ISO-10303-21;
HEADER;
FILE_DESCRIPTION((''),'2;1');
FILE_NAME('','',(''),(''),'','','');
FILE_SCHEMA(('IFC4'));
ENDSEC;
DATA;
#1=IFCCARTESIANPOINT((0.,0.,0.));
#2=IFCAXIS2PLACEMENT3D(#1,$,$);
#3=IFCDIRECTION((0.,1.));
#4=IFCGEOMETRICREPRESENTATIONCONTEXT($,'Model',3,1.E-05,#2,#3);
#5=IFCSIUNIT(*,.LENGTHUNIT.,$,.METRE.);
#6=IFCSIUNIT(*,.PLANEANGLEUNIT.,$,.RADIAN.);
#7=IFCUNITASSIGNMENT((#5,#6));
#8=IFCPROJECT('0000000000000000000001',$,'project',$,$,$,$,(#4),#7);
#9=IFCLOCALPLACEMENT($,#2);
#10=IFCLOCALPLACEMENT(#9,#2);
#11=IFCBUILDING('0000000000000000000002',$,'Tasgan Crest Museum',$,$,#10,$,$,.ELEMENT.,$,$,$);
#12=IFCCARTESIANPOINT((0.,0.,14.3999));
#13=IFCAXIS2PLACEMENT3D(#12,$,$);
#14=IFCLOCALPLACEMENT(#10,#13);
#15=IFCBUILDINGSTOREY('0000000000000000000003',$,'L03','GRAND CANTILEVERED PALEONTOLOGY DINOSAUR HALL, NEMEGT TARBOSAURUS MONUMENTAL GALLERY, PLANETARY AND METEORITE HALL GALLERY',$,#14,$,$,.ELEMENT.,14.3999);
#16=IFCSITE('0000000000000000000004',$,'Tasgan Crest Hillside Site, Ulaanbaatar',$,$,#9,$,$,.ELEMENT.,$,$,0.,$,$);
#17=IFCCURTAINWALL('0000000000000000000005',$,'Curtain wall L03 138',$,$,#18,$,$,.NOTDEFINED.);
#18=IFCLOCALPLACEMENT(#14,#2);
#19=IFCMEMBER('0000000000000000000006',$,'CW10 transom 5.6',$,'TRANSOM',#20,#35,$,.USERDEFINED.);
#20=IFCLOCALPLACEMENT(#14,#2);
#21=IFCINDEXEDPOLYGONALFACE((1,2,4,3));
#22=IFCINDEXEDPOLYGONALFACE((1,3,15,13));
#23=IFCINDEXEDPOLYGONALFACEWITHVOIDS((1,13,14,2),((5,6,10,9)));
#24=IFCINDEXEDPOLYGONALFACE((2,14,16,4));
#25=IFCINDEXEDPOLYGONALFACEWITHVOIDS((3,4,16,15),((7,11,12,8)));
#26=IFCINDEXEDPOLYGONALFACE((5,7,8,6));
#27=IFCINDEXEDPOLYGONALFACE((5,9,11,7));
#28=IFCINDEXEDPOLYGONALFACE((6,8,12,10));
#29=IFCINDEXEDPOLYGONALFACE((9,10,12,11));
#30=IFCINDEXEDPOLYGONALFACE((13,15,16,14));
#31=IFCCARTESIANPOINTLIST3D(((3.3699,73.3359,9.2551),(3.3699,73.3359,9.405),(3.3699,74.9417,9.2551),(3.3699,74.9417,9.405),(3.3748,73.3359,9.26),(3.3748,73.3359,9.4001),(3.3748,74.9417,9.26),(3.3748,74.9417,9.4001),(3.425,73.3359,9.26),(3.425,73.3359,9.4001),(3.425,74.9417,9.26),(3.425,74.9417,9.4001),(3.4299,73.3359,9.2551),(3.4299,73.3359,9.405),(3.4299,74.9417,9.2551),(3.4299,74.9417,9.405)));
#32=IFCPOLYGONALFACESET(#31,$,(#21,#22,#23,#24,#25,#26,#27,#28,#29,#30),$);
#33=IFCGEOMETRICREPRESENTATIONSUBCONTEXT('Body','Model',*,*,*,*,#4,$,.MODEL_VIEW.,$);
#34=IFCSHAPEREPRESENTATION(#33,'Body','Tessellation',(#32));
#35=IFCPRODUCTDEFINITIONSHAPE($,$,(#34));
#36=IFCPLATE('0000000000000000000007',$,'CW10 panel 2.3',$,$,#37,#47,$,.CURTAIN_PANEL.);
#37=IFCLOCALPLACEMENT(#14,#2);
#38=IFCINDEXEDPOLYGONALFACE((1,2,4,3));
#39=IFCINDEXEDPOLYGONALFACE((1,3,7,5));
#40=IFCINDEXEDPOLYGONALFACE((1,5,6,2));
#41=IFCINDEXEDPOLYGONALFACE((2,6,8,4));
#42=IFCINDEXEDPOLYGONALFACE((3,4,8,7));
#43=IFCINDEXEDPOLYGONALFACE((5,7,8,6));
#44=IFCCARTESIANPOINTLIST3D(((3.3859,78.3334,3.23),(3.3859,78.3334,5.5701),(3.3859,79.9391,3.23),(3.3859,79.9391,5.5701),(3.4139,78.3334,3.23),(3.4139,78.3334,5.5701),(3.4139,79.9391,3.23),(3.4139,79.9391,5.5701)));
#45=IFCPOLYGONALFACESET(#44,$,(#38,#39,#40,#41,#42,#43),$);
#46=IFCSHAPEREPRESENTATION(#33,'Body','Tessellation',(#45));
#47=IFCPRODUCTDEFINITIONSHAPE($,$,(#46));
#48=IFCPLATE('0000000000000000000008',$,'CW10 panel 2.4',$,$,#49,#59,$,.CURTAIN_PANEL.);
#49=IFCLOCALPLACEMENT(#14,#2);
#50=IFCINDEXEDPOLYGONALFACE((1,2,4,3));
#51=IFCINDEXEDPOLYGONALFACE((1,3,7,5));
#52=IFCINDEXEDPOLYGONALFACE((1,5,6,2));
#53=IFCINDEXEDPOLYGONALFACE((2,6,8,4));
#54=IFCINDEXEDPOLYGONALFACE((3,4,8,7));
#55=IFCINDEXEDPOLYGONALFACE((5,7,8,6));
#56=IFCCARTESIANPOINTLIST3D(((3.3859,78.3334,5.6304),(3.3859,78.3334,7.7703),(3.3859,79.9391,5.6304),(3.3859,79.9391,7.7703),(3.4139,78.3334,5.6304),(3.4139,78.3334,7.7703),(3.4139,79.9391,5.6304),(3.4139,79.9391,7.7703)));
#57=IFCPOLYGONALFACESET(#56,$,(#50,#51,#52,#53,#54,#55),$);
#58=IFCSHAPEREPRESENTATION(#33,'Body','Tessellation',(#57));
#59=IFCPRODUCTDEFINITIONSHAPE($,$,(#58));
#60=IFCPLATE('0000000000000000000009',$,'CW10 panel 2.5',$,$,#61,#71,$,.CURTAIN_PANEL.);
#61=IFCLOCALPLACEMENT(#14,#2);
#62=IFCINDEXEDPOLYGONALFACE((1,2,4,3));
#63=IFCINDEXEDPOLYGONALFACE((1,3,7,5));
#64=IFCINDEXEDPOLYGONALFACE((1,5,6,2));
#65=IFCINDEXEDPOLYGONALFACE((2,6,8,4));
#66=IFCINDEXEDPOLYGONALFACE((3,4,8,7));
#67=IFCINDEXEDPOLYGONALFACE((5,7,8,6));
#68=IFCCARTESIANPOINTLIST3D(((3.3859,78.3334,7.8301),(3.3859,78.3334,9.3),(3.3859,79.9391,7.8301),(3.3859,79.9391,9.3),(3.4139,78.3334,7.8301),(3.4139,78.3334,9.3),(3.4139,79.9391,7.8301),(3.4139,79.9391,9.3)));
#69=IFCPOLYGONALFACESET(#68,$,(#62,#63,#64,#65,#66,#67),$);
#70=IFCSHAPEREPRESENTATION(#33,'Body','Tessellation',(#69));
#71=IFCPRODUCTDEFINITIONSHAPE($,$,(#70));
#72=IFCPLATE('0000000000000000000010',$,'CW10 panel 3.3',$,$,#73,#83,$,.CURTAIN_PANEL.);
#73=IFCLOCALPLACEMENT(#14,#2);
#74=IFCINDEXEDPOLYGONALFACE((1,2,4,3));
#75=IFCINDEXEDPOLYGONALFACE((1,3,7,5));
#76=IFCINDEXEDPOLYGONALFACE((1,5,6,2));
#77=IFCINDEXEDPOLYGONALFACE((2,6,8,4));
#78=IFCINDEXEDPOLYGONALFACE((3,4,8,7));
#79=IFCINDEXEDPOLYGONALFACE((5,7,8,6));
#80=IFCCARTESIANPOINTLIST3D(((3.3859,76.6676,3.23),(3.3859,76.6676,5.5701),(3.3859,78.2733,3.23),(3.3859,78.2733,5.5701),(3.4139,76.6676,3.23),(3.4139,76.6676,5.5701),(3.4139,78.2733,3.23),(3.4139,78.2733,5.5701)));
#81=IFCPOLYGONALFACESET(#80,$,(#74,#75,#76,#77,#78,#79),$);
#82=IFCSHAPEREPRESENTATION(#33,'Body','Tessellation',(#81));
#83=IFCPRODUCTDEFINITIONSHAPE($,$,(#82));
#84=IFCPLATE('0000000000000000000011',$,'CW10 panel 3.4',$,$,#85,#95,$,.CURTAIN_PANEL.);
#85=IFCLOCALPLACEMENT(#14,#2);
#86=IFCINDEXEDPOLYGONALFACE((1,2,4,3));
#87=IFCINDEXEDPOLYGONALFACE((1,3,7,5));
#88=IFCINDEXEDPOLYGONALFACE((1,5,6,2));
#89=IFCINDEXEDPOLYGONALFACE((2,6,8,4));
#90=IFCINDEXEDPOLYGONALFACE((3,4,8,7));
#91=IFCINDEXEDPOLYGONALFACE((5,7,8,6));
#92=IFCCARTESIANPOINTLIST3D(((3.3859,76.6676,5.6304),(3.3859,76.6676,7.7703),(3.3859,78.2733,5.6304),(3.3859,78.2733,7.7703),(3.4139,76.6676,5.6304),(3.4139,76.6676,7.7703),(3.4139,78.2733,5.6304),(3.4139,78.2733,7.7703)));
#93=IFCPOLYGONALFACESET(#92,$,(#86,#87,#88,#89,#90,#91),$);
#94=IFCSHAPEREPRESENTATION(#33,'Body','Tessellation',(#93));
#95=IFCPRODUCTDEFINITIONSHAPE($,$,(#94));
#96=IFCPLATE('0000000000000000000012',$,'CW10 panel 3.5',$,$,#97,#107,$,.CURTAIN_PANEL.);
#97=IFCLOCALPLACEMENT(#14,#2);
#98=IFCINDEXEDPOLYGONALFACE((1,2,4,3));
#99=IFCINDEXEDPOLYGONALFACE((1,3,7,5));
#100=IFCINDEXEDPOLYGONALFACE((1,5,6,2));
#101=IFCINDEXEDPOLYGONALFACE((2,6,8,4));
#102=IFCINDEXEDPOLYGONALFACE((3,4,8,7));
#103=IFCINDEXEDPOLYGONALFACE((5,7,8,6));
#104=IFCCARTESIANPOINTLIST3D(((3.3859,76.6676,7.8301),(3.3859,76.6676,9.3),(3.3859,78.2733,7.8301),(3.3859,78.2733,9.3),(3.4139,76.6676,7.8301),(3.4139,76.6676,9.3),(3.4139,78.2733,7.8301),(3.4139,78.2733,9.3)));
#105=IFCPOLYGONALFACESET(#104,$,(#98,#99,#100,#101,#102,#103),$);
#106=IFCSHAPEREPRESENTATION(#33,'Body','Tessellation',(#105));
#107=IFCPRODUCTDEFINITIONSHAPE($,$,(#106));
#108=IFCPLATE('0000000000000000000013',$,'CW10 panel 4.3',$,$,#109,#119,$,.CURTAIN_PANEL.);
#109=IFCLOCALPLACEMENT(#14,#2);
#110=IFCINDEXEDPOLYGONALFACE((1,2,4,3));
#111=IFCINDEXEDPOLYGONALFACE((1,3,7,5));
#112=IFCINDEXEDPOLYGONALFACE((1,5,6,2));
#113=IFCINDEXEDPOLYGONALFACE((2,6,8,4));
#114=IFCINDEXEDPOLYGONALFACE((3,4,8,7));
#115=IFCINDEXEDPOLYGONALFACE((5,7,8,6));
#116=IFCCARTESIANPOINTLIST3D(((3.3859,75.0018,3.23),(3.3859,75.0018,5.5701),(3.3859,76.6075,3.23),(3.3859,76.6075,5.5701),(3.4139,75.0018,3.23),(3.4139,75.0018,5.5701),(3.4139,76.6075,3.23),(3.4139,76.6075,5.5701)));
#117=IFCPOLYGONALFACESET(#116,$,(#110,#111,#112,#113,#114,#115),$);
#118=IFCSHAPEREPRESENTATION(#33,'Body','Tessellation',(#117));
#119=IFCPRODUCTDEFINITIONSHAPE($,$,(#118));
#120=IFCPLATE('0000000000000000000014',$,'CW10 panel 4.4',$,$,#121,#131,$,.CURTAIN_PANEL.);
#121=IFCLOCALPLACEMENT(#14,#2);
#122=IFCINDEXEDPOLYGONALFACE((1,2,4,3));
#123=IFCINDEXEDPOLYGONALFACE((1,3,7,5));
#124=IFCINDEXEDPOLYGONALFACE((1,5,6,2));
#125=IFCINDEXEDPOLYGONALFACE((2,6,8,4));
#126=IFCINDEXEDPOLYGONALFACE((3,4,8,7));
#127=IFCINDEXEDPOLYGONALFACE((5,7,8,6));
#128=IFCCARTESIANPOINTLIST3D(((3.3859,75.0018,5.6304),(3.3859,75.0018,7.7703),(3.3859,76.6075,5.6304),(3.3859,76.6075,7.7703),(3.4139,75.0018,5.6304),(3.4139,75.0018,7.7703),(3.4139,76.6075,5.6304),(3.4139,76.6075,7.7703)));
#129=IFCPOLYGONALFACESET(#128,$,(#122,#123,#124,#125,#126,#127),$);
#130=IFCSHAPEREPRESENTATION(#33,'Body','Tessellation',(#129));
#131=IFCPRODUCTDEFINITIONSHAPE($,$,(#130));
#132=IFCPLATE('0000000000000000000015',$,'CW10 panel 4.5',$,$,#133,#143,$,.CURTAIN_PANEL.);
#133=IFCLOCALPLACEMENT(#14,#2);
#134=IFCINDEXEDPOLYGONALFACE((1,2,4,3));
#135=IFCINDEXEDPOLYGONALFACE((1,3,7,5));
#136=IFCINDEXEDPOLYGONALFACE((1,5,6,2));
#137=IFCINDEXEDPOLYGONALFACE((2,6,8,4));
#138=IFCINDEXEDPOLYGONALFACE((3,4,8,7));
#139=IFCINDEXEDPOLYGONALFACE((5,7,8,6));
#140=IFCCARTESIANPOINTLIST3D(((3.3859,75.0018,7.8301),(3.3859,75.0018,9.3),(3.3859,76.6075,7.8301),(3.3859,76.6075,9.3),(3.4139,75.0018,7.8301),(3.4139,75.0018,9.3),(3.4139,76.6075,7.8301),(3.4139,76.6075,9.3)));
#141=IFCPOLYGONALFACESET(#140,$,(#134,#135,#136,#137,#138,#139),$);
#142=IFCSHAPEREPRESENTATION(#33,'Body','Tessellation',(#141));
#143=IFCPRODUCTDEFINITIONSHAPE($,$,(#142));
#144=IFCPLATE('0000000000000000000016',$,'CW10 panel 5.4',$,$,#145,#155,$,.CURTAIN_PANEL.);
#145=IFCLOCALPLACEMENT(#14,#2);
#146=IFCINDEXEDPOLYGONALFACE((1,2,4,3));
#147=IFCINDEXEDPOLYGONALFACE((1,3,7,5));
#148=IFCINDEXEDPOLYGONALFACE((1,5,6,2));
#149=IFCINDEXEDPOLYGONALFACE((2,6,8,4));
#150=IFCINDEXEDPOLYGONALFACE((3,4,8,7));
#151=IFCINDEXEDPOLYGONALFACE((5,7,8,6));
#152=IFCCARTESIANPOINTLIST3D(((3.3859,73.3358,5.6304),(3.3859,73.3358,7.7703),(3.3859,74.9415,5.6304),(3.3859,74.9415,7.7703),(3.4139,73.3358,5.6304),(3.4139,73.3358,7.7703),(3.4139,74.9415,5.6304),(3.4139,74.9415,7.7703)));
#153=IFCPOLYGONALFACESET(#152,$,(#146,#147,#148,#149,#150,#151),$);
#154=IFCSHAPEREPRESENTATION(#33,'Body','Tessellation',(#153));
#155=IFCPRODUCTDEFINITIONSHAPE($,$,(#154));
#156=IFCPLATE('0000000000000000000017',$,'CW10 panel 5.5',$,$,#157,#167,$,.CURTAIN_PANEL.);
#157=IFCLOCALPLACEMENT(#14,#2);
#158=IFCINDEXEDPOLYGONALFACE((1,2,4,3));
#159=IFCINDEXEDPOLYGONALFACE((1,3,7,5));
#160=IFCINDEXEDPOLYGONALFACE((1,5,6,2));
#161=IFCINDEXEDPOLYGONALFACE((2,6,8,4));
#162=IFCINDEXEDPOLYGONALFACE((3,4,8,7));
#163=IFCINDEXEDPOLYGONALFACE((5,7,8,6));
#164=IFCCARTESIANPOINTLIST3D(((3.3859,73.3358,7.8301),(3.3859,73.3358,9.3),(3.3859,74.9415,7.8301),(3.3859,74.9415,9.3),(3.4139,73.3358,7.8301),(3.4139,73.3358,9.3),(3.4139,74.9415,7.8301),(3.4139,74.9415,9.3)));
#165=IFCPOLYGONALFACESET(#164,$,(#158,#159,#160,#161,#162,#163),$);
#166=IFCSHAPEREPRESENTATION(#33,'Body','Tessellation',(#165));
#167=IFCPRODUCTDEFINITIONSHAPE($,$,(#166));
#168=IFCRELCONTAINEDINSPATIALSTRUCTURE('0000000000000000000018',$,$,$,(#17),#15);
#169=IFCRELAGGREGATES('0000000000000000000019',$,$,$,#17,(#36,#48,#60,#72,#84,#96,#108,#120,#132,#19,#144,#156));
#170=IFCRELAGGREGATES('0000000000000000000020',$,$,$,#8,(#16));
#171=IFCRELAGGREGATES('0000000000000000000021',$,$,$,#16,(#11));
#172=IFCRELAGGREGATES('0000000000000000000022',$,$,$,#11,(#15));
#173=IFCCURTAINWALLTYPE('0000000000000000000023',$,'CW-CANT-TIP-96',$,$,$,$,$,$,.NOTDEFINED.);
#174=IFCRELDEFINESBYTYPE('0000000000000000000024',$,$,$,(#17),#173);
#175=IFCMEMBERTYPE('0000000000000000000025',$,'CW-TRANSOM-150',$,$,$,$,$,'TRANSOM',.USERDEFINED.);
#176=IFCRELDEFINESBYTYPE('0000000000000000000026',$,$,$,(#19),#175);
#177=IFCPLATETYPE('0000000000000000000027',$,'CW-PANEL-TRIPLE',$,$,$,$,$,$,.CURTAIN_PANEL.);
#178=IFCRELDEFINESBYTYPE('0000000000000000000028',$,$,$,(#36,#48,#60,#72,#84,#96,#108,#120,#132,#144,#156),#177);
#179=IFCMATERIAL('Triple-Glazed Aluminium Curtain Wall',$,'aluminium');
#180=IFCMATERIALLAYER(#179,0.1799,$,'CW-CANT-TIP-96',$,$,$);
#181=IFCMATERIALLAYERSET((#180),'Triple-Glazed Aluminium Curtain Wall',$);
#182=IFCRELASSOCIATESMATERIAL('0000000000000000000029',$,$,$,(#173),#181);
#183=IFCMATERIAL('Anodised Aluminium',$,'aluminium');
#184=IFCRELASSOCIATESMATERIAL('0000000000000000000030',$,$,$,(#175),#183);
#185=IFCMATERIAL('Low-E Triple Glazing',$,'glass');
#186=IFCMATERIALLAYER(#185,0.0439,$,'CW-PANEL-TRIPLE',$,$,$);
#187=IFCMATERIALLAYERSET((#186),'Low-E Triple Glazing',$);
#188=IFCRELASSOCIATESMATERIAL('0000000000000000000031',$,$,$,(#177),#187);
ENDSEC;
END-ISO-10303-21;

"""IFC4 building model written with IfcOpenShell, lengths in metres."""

from ifc_helpers import new_model, si_unit, direction, frame, origin, origin_2d, place, context, subcontext, project, spatial, rectangle, hollow_rectangle, extrude, material, layer, layer_set, material_profile, profile_set, type_object, element, aggregate, save


model = new_model("IFC4")

# Units and contexts
model_context = context("Model", 3, precision=1e-05, world=origin(), true_north=direction((0.0, 1.0)))
body_context = subcontext(model_context, "Body", "Model", "MODEL_VIEW")
ifc_project = project(units=[si_unit("LENGTHUNIT", "METRE"), si_unit("PLANEANGLEUNIT", "RADIAN")], contexts=[model_context])

# Site, building, storey
site_placement = place(None, origin())
site = spatial("IfcSite", under=ifc_project, at=site_placement, Name="Tasgan Crest Hillside Site, Ulaanbaatar", CompositionType="ELEMENT", RefElevation=0.0)
building_placement = place(site_placement, origin())
building = spatial("IfcBuilding", under=site, at=building_placement, Name="Tasgan Crest Museum", CompositionType="ELEMENT")
storey_placement = place(building_placement, frame((0.0, 0.0, 14.3999)))
storey = spatial("IfcBuildingStorey", under=building, at=storey_placement, Name="L03", Description="GRAND CANTILEVERED PALEONTOLOGY DINOSAUR HALL, NEMEGT TARBOSAURUS MONUMENTAL GALLERY, PLANETARY AND METEORITE HALL GALLERY", CompositionType="ELEMENT", Elevation=14.3999)

# Curtain wall, member, plates
ifc_material_1 = material(Name="Triple-Glazed Aluminium Curtain Wall", Category="aluminium")
ifc_layer_1 = layer(ifc_material_1, 0.1799, Name="CW-CANT-TIP-96")
ifc_layer_set_1 = layer_set([ifc_layer_1], Name="Triple-Glazed Aluminium Curtain Wall")
curtain_wall_type = type_object("IfcCurtainWallType", Name="CW-CANT-TIP-96", PredefinedType="NOTDEFINED", material=ifc_layer_set_1)
curtain_wall_placement = place(storey_placement, origin())
curtain_wall = element("IfcCurtainWall", 1, at=curtain_wall_placement, inside=storey, type_object=curtain_wall_type, Name="Curtain wall L03 138", PredefinedType="NOTDEFINED")
ifc_material_2 = material(Name="Anodised Aluminium", Category="aluminium")
ifc_material_profile = material_profile(ifc_material_2, hollow_rectangle(XDim=0.0601, YDim=0.1499, WallThickness=0.0049, at=origin_2d()), Name="ALU TRANSOM 150x60x5")
ifc_profile_set = profile_set([ifc_material_profile], Name="Anodised Aluminium")
member_type = type_object("IfcMemberType", Name="CW-TRANSOM-150", ElementType="TRANSOM", PredefinedType="USERDEFINED", material=ifc_profile_set)
member_1_placement = place(storey_placement, frame((3.3999, 74.9417, 9.3301), z_axis=(0.0, -1.0, 0.0), x_axis=(1.0, 0.0, 0.0)))
member_1 = element("IfcMember", 2, at=member_1_placement, type_object=member_type, Name="CW10 transom 5.6", ObjectType="TRANSOM", PredefinedType="USERDEFINED", context=body_context, shape_type="SweptSolid", body=[
    extrude(hollow_rectangle(XDim=0.0601, YDim=0.1499, WallThickness=0.0049, at=origin_2d()), origin(), (0.0, 0.0, 1.0), 1.6057),
])
ifc_material_3 = material(Name="Low-E Triple Glazing", Category="glass")
ifc_layer_2 = layer(ifc_material_3, 0.0439, Name="CW-PANEL-TRIPLE")
ifc_layer_set_2 = layer_set([ifc_layer_2], Name="Low-E Triple Glazing")
plate_type = type_object("IfcPlateType", Name="CW-PANEL-TRIPLE", PredefinedType="CURTAIN_PANEL", material=ifc_layer_set_2)
plate_1_placement = place(storey_placement, frame((3.3999, 79.1362, 3.23), z_axis=(0.0, 0.0, 1.0), x_axis=(0.0, -1.0, 0.0)))
plate_1 = element("IfcPlate", 3, at=plate_1_placement, type_object=plate_type, Name="CW10 panel 2.3", PredefinedType="CURTAIN_PANEL", context=body_context, shape_type="SweptSolid", body=[
    extrude(rectangle(XDim=1.6057, YDim=0.0281, at=origin_2d()), origin(), (0.0, 0.0, 1.0), 2.3401),
])
plate_2_placement = place(storey_placement, frame((3.3999, 79.1362, 5.6304), z_axis=(0.0, 0.0, 1.0), x_axis=(0.0, -1.0, 0.0)))
plate_2 = element("IfcPlate", 4, at=plate_2_placement, type_object=plate_type, Name="CW10 panel 2.4", PredefinedType="CURTAIN_PANEL", context=body_context, shape_type="SweptSolid", body=[
    extrude(rectangle(XDim=1.6057, YDim=0.0281, at=origin_2d()), origin(), (0.0, 0.0, 1.0), 2.1399),
])
plate_3_placement = place(storey_placement, frame((3.3999, 79.1362, 7.8301), z_axis=(0.0, 0.0, 1.0), x_axis=(0.0, -1.0, 0.0)))
plate_3 = element("IfcPlate", 5, at=plate_3_placement, type_object=plate_type, Name="CW10 panel 2.5", PredefinedType="CURTAIN_PANEL", context=body_context, shape_type="SweptSolid", body=[
    extrude(rectangle(XDim=1.6057, YDim=0.0281, at=origin_2d()), origin(), (0.0, 0.0, 1.0), 1.47),
])
plate_4_placement = place(storey_placement, frame((3.3999, 77.4705, 3.23), z_axis=(0.0, 0.0, 1.0), x_axis=(0.0, -1.0, 0.0)))
plate_4 = element("IfcPlate", 6, at=plate_4_placement, type_object=plate_type, Name="CW10 panel 3.3", PredefinedType="CURTAIN_PANEL", context=body_context, shape_type="SweptSolid", body=[
    extrude(rectangle(XDim=1.6057, YDim=0.0281, at=origin_2d()), origin(), (0.0, 0.0, 1.0), 2.3401),
])
plate_5_placement = place(storey_placement, frame((3.3999, 77.4705, 5.6304), z_axis=(0.0, 0.0, 1.0), x_axis=(0.0, -1.0, 0.0)))
plate_5 = element("IfcPlate", 7, at=plate_5_placement, type_object=plate_type, Name="CW10 panel 3.4", PredefinedType="CURTAIN_PANEL", context=body_context, shape_type="SweptSolid", body=[
    extrude(rectangle(XDim=1.6057, YDim=0.0281, at=origin_2d()), origin(), (0.0, 0.0, 1.0), 2.1399),
])
plate_6_placement = place(storey_placement, frame((3.3999, 77.4705, 7.8301), z_axis=(0.0, 0.0, 1.0), x_axis=(0.0, -1.0, 0.0)))
plate_6 = element("IfcPlate", 8, at=plate_6_placement, type_object=plate_type, Name="CW10 panel 3.5", PredefinedType="CURTAIN_PANEL", context=body_context, shape_type="SweptSolid", body=[
    extrude(rectangle(XDim=1.6057, YDim=0.0281, at=origin_2d()), origin(), (0.0, 0.0, 1.0), 1.47),
])
plate_7_placement = place(storey_placement, frame((3.3999, 75.8047, 3.23), z_axis=(0.0, 0.0, 1.0), x_axis=(0.0, -1.0, 0.0)))
plate_7 = element("IfcPlate", 9, at=plate_7_placement, type_object=plate_type, Name="CW10 panel 4.3", PredefinedType="CURTAIN_PANEL", context=body_context, shape_type="SweptSolid", body=[
    extrude(rectangle(XDim=1.6057, YDim=0.0281, at=origin_2d()), origin(), (0.0, 0.0, 1.0), 2.3401),
])
plate_8_placement = place(storey_placement, frame((3.3999, 75.8047, 5.6304), z_axis=(0.0, 0.0, 1.0), x_axis=(0.0, -1.0, 0.0)))
plate_8 = element("IfcPlate", 10, at=plate_8_placement, type_object=plate_type, Name="CW10 panel 4.4", PredefinedType="CURTAIN_PANEL", context=body_context, shape_type="SweptSolid", body=[
    extrude(rectangle(XDim=1.6057, YDim=0.0281, at=origin_2d()), origin(), (0.0, 0.0, 1.0), 2.1399),
])
plate_9_placement = place(storey_placement, frame((3.3999, 75.8047, 7.8301), z_axis=(0.0, 0.0, 1.0), x_axis=(0.0, -1.0, 0.0)))
plate_9 = element("IfcPlate", 11, at=plate_9_placement, type_object=plate_type, Name="CW10 panel 4.5", PredefinedType="CURTAIN_PANEL", context=body_context, shape_type="SweptSolid", body=[
    extrude(rectangle(XDim=1.6057, YDim=0.0281, at=origin_2d()), origin(), (0.0, 0.0, 1.0), 1.47),
])
plate_10_placement = place(storey_placement, frame((3.3999, 74.1387, 5.6304), z_axis=(0.0, 0.0, 1.0), x_axis=(0.0, -1.0, 0.0)))
plate_10 = element("IfcPlate", 12, at=plate_10_placement, type_object=plate_type, Name="CW10 panel 5.4", PredefinedType="CURTAIN_PANEL", context=body_context, shape_type="SweptSolid", body=[
    extrude(rectangle(XDim=1.6057, YDim=0.0281, at=origin_2d()), origin(), (0.0, 0.0, 1.0), 2.1399),
])
plate_11_placement = place(storey_placement, frame((3.3999, 74.1387, 7.8301), z_axis=(0.0, 0.0, 1.0), x_axis=(0.0, -1.0, 0.0)))
plate_11 = element("IfcPlate", 13, at=plate_11_placement, type_object=plate_type, Name="CW10 panel 5.5", PredefinedType="CURTAIN_PANEL", context=body_context, shape_type="SweptSolid", body=[
    extrude(rectangle(XDim=1.6057, YDim=0.0281, at=origin_2d()), origin(), (0.0, 0.0, 1.0), 1.47),
])
aggregate(curtain_wall, [plate_1, plate_2, plate_3, plate_4, plate_5, plate_6, plate_7, plate_8, plate_9, member_1, plate_10, plate_11])

save(model, "model.ifc")
